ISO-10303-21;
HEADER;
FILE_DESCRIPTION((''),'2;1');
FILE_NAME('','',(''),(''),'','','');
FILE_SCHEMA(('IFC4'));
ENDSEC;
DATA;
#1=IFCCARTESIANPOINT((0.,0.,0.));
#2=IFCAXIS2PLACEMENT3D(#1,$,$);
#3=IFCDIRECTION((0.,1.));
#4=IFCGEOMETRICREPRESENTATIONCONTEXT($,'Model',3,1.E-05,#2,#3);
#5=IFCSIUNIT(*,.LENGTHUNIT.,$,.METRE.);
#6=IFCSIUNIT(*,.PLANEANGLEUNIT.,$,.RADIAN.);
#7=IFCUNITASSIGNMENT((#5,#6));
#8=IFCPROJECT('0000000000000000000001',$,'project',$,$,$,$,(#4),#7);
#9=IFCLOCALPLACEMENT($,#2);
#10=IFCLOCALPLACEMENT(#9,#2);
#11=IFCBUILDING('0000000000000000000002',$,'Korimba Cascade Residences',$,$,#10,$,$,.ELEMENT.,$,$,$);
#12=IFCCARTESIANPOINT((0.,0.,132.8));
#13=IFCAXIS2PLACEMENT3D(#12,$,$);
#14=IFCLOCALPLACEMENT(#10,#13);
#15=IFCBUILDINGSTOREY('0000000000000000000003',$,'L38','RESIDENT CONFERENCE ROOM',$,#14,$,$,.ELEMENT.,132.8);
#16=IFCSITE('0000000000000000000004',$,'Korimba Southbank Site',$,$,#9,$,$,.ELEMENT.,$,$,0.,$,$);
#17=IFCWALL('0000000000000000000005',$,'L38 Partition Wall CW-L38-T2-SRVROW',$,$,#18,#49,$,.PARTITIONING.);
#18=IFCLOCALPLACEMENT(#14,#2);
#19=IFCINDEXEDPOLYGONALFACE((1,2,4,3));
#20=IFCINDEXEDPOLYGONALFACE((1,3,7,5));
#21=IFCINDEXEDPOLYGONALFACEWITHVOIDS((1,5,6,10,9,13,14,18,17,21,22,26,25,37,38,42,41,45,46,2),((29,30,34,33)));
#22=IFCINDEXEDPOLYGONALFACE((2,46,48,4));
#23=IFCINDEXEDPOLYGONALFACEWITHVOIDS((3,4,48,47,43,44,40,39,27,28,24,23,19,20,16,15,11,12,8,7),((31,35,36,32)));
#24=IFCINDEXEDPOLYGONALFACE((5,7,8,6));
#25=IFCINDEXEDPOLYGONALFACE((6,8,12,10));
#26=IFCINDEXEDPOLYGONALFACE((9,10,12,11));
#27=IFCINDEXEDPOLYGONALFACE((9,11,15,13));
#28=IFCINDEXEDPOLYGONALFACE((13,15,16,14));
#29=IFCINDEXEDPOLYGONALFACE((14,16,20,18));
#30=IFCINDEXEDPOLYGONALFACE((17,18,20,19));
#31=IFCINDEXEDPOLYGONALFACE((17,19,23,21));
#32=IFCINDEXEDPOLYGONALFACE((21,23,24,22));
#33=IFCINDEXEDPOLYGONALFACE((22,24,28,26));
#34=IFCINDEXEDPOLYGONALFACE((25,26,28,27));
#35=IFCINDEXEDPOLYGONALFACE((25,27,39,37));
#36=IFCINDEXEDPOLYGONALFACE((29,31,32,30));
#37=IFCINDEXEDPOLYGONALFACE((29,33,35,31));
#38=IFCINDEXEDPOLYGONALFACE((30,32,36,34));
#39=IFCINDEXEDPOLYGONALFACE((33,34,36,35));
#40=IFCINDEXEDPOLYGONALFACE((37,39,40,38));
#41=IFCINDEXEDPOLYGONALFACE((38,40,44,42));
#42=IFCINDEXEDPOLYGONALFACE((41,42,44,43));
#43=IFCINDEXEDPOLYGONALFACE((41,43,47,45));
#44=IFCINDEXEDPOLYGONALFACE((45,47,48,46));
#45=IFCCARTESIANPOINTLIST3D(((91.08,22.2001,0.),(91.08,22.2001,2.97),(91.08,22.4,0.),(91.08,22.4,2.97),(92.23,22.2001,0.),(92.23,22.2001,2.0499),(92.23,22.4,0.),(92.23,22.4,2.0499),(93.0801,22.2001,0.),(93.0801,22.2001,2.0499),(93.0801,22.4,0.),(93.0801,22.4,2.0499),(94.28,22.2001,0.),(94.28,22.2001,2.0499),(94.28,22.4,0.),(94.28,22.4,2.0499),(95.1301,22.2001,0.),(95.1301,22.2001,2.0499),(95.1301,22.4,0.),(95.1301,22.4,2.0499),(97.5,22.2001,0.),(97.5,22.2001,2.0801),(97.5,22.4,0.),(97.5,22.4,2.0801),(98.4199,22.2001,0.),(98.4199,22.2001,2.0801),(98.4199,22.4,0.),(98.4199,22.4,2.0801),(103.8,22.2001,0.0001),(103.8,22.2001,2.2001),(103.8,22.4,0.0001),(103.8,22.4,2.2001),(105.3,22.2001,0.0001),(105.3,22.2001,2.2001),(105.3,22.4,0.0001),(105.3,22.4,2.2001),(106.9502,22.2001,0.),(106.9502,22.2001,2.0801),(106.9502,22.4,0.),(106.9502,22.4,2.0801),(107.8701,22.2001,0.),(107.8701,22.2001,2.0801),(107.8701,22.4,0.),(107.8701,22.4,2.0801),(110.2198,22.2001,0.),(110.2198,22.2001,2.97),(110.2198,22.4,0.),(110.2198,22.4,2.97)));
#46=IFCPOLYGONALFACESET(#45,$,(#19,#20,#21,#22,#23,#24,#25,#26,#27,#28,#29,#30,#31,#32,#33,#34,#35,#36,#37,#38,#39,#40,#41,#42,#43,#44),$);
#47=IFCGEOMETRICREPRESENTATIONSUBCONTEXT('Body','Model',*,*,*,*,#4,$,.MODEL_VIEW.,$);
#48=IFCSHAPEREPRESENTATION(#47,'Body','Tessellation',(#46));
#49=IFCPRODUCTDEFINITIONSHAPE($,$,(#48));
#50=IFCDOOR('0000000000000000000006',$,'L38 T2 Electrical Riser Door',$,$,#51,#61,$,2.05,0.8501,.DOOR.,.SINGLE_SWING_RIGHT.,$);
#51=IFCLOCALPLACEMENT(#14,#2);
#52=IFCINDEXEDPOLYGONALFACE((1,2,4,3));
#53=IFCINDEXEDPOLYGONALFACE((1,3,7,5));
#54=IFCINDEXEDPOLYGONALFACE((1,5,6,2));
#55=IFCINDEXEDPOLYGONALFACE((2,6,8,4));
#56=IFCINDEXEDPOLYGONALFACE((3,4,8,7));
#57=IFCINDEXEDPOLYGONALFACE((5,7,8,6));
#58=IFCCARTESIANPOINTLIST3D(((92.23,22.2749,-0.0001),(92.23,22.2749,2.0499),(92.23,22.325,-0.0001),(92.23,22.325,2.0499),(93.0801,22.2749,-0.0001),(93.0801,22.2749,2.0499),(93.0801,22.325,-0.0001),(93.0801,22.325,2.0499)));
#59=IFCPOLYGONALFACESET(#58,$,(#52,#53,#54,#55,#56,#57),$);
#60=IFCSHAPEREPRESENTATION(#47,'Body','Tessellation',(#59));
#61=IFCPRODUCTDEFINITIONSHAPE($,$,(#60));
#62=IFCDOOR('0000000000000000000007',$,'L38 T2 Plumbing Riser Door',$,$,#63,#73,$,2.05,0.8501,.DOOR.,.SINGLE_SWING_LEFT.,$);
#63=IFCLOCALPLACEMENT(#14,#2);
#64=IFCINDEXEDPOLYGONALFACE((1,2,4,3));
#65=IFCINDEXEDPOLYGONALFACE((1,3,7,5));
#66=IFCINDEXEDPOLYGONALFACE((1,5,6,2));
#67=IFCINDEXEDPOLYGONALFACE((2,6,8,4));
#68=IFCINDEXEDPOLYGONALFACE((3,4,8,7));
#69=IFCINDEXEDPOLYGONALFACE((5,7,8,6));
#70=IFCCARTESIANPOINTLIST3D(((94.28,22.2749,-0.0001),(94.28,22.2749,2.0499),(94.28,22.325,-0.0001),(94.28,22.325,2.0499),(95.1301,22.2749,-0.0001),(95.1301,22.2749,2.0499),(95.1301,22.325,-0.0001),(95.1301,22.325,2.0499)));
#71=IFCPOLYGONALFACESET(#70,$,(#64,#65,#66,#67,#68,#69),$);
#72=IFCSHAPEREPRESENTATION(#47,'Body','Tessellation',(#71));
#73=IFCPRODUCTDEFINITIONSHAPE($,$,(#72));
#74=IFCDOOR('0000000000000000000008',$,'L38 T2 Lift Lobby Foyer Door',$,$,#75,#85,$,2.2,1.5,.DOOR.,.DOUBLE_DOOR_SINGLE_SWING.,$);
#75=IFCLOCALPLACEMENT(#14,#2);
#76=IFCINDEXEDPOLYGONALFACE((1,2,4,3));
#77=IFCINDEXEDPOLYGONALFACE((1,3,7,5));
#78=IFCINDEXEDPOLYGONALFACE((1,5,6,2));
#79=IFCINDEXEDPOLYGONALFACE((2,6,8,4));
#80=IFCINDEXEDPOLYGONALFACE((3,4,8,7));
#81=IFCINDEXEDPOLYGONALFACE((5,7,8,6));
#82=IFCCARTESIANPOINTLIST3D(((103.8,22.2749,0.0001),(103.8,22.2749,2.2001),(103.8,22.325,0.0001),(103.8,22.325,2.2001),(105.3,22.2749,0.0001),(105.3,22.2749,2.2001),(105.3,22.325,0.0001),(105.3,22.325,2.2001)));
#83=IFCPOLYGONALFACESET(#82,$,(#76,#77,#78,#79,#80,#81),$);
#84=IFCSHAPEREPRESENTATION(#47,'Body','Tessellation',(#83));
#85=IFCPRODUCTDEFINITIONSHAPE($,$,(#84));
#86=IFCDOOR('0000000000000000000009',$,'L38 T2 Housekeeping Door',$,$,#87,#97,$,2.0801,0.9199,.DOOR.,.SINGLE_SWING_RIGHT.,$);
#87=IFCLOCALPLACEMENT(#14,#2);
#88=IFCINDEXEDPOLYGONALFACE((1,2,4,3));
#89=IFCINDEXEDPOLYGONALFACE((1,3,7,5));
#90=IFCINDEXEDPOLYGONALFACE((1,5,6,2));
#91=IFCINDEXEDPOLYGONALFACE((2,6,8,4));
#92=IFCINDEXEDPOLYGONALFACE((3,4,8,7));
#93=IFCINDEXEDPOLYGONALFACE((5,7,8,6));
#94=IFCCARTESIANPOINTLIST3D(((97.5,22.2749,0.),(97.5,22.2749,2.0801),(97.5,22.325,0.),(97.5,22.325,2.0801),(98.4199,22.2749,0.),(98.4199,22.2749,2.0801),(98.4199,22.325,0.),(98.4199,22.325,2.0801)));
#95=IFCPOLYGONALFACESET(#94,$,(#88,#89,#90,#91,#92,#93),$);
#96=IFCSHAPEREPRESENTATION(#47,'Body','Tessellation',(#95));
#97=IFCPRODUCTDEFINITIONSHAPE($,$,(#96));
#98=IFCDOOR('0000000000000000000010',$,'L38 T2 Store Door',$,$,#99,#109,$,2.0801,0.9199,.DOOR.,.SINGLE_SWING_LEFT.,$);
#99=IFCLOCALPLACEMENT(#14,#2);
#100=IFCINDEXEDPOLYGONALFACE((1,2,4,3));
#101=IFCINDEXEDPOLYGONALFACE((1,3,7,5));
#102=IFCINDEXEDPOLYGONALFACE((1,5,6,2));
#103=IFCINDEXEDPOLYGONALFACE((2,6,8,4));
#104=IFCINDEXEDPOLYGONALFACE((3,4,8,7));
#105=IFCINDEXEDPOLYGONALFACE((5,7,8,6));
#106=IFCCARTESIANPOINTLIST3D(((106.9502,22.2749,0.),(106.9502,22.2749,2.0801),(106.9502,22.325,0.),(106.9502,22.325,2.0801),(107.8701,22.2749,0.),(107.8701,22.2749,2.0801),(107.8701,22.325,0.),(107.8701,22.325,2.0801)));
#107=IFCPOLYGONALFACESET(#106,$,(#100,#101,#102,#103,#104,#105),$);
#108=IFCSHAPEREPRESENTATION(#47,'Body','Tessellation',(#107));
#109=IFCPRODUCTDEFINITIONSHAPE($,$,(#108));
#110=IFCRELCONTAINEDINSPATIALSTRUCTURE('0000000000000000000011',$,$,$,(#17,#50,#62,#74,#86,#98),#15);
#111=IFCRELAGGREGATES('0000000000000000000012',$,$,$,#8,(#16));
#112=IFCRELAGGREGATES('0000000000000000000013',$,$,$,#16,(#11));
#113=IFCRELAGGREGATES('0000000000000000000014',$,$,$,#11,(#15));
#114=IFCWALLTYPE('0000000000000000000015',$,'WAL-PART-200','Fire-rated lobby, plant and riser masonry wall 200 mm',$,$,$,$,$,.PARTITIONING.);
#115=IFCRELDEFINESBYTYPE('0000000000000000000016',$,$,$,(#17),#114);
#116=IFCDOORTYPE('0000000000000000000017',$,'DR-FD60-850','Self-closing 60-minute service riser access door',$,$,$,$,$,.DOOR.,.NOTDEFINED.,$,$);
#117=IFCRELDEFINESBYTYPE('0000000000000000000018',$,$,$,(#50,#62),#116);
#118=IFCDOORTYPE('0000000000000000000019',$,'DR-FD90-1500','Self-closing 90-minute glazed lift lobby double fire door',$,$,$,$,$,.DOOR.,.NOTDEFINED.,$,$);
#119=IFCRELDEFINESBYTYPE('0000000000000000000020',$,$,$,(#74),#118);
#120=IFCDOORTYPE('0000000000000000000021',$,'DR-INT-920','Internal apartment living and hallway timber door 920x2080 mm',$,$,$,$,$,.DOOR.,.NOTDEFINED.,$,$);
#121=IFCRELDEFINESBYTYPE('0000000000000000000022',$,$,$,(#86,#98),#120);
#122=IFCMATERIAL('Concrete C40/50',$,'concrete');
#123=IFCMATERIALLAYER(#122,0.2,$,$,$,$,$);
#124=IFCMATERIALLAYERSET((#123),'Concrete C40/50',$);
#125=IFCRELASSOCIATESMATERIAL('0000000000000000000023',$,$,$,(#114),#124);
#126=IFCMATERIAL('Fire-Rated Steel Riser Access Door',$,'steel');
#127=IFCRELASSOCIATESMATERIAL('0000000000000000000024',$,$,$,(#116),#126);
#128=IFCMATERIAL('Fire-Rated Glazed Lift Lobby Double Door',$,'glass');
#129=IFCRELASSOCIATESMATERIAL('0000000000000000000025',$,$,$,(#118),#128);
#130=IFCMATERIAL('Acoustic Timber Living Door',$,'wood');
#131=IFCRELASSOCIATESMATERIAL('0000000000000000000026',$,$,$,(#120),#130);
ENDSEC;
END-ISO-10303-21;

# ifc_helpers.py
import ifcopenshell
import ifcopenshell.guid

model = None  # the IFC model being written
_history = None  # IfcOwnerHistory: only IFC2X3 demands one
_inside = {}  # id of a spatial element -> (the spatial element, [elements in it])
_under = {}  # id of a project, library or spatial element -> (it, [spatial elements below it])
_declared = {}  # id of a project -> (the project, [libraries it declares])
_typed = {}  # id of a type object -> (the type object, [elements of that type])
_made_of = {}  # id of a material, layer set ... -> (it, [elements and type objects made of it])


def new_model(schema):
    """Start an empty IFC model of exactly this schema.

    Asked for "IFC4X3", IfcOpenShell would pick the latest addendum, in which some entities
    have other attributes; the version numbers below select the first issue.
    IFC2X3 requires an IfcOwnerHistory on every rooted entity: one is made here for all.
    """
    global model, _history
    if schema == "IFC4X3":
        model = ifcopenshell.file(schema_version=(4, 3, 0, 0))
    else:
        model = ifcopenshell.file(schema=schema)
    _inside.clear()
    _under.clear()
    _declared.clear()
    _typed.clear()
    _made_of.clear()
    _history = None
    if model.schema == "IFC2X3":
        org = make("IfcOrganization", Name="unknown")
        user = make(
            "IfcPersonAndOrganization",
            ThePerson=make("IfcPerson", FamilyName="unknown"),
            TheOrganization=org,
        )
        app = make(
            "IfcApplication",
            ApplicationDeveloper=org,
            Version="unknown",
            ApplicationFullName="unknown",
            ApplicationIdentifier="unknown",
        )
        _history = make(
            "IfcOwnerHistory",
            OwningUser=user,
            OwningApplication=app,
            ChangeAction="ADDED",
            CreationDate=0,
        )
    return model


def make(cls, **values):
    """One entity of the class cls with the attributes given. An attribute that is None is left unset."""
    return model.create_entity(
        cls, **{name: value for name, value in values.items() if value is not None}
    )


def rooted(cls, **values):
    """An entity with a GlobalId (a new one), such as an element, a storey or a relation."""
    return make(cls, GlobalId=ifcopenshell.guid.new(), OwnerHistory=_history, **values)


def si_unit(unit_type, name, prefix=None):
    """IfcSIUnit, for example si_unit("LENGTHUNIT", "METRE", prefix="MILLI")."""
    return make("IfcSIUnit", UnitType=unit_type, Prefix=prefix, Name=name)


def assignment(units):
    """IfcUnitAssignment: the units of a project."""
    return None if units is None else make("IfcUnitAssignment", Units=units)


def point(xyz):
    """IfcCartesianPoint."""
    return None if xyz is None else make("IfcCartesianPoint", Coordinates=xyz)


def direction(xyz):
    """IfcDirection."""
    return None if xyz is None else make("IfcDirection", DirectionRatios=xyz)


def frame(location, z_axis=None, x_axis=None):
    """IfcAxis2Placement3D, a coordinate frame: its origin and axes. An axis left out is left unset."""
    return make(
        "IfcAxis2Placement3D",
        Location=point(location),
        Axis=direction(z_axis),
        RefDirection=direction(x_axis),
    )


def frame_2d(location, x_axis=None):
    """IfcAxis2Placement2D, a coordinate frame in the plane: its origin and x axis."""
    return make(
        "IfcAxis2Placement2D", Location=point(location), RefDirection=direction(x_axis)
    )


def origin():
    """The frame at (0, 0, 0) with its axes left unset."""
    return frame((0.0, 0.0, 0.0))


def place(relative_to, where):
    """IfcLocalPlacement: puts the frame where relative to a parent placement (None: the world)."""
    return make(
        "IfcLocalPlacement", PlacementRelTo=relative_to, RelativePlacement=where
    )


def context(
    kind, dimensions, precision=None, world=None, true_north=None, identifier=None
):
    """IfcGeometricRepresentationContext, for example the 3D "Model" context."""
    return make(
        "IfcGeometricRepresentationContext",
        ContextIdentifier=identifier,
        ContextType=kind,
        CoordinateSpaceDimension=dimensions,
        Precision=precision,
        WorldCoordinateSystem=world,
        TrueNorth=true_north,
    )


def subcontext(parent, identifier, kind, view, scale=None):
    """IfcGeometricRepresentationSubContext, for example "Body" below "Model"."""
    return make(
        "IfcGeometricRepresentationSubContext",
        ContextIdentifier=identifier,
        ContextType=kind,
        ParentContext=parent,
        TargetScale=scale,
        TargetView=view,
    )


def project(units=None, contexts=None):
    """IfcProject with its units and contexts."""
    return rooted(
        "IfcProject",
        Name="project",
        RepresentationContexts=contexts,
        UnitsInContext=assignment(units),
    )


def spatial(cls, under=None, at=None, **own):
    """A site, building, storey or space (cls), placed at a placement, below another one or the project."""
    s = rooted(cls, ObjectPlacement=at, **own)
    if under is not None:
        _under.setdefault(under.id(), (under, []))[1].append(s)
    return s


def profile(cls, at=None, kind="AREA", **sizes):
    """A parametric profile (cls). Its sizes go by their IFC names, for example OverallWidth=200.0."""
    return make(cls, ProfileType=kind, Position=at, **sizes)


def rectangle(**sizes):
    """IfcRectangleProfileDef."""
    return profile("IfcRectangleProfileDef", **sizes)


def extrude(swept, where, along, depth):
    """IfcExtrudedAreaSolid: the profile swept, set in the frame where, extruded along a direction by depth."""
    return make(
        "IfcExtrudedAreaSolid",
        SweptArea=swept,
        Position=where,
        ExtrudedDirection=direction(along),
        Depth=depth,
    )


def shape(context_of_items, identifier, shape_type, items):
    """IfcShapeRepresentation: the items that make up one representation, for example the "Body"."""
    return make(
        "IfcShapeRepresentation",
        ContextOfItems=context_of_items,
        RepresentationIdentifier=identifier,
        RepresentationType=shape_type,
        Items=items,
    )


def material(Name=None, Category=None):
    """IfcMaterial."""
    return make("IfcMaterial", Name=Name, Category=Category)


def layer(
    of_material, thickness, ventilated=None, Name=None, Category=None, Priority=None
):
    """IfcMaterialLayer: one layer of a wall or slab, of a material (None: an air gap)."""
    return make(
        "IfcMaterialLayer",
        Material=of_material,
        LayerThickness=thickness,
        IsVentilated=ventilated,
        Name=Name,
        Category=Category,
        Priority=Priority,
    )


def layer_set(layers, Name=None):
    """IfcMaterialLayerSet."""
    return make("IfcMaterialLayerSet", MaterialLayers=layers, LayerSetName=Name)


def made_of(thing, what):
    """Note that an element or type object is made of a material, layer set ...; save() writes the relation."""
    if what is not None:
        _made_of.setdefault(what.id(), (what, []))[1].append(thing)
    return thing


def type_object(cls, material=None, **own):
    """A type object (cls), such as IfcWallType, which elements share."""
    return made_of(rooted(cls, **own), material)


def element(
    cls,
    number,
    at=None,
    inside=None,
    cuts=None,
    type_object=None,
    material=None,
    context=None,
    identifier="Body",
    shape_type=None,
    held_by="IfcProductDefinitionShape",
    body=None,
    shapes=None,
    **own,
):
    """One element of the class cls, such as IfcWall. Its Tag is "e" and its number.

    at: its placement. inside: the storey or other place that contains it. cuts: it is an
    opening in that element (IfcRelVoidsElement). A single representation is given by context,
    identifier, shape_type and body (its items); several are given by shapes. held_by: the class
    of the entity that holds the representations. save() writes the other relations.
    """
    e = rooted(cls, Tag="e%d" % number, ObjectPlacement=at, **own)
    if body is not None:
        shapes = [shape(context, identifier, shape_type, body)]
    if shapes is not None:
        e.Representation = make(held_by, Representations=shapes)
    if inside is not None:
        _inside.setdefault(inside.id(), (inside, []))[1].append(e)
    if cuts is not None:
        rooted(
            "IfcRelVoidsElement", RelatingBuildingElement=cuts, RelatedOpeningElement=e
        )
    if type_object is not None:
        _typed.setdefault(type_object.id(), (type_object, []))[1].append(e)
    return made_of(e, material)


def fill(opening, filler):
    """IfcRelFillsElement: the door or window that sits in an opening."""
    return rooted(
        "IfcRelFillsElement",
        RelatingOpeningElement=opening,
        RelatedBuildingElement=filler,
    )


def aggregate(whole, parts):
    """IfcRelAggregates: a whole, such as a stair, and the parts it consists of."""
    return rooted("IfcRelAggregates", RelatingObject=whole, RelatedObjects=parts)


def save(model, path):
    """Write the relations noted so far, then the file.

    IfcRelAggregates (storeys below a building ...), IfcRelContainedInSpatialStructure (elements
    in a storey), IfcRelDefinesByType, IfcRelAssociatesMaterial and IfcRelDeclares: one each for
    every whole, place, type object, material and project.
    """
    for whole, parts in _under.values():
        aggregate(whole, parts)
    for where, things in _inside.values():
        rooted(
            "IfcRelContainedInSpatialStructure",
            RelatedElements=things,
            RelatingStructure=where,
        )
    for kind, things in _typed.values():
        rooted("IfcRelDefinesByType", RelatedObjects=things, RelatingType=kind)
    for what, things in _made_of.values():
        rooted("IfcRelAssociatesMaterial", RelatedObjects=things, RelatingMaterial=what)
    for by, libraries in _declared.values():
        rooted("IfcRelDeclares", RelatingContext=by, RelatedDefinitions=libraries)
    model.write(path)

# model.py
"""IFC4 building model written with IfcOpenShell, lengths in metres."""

from ifc_helpers import new_model, si_unit, direction, frame, frame_2d, origin, place, context, subcontext, project, spatial, rectangle, extrude, material, layer, layer_set, type_object, element, fill, save


model = new_model("IFC4")

# Units and contexts
model_context = context("Model", 3, precision=1e-05, world=origin(), true_north=direction((0.0, 1.0)))
body_context = subcontext(model_context, "Body", "Model", "MODEL_VIEW")
ifc_project = project(units=[si_unit("LENGTHUNIT", "METRE"), si_unit("PLANEANGLEUNIT", "RADIAN")], contexts=[model_context])

# Site, building, storey
site_placement = place(None, origin())
site = spatial("IfcSite", under=ifc_project, at=site_placement, Name="Korimba Southbank Site", CompositionType="ELEMENT", RefElevation=0.0)
building_placement = place(site_placement, origin())
building = spatial("IfcBuilding", under=site, at=building_placement, Name="Korimba Cascade Residences", CompositionType="ELEMENT")
storey_placement = place(building_placement, frame((0.0, 0.0, 132.8)))
storey = spatial("IfcBuildingStorey", under=building, at=storey_placement, Name="L38", Description="RESIDENT CONFERENCE ROOM", CompositionType="ELEMENT", Elevation=132.8)

# Shared definitions
ifc_material_1 = material(Name="Concrete C40/50", Category="concrete")
ifc_layer_1 = layer(ifc_material_1, 0.2)
ifc_layer_set_1 = layer_set([ifc_layer_1], Name="Concrete C40/50")
wall_type_1 = type_object("IfcWallType", Name="WAL-PART-200", Description="Fire-rated lobby, plant and riser masonry wall 200 mm", PredefinedType="PARTITIONING", material=ifc_layer_set_1)

# Wall, openings, doors
wall_1_placement = place(storey_placement, frame((91.0801, 22.3, 0.0), z_axis=(0.0, 0.0, 1.0), x_axis=(1.0, 0.0, 0.0)))
wall_1 = element("IfcWall", 1, at=wall_1_placement, inside=storey, type_object=wall_type_1, Name="L38 Partition Wall CW-L38-T2-SRVROW", PredefinedType="PARTITIONING", context=body_context, shape_type="SweptSolid", body=[
    extrude(rectangle(XDim=19.1399, YDim=0.2, at=frame_2d((9.5698, 0.0))), origin(), (0.0, 0.0, 1.0), 2.97),
])
opening_1_placement = place(wall_1_placement, frame((1.1499, 0.0, 0.0)))
opening_1 = element("IfcOpeningElement", 2, at=opening_1_placement, cuts=wall_1, PredefinedType="OPENING", context=body_context, shape_type="SweptSolid", body=[
    extrude(rectangle(XDim=0.8501, YDim=2.05, at=frame_2d((0.425, 1.0249))), frame((0.0, 0.1099, 0.0), z_axis=(0.0, -1.0, 0.0), x_axis=(1.0, 0.0, 0.0)), (0.0, 0.0, 1.0), 0.22),
])
opening_2_placement = place(wall_1_placement, frame((3.2, 0.0, 0.0)))
opening_2 = element("IfcOpeningElement", 3, at=opening_2_placement, cuts=wall_1, PredefinedType="OPENING", context=body_context, shape_type="SweptSolid", body=[
    extrude(rectangle(XDim=0.8501, YDim=2.05, at=frame_2d((0.425, 1.0249))), frame((0.0, 0.1099, 0.0), z_axis=(0.0, -1.0, 0.0), x_axis=(1.0, 0.0, 0.0)), (0.0, 0.0, 1.0), 0.22),
])
opening_3_placement = place(wall_1_placement, frame((12.72, 0.0, 0.0)))
opening_3 = element("IfcOpeningElement", 4, at=opening_3_placement, cuts=wall_1, PredefinedType="OPENING", context=body_context, shape_type="SweptSolid", body=[
    extrude(rectangle(XDim=1.5, YDim=2.2, at=frame_2d((0.75, 1.1001))), frame((0.0, 0.1099, 0.0), z_axis=(0.0, -1.0, 0.0), x_axis=(1.0, 0.0, 0.0)), (0.0, 0.0, 1.0), 0.22),
])
opening_4_placement = place(wall_1_placement, frame((6.4199, 0.0, 0.0)))
opening_4 = element("IfcOpeningElement", 5, at=opening_4_placement, cuts=wall_1, PredefinedType="OPENING", context=body_context, shape_type="SweptSolid", body=[
    extrude(rectangle(XDim=0.9199, YDim=2.0801, at=frame_2d((0.46, 1.04))), frame((0.0, 0.1099, 0.0), z_axis=(0.0, -1.0, 0.0), x_axis=(1.0, 0.0, 0.0)), (0.0, 0.0, 1.0), 0.22),
])
opening_5_placement = place(wall_1_placement, frame((15.8701, 0.0, 0.0)))
opening_5 = element("IfcOpeningElement", 6, at=opening_5_placement, cuts=wall_1, PredefinedType="OPENING", context=body_context, shape_type="SweptSolid", body=[
    extrude(rectangle(XDim=0.9199, YDim=2.0801, at=frame_2d((0.46, 1.04))), frame((0.0, 0.1099, 0.0), z_axis=(0.0, -1.0, 0.0), x_axis=(1.0, 0.0, 0.0)), (0.0, 0.0, 1.0), 0.22),
])
ifc_material_2 = material(Name="Fire-Rated Steel Riser Access Door", Category="steel")
door_type_1 = type_object("IfcDoorType", Name="DR-FD60-850", Description="Self-closing 60-minute service riser access door", OperationType="NOTDEFINED", PredefinedType="DOOR", material=ifc_material_2)
door_1_placement = place(opening_1_placement, origin())
door_1 = element("IfcDoor", 7, at=door_1_placement, inside=storey, type_object=door_type_1, Name="L38 T2 Electrical Riser Door", OperationType="SINGLE_SWING_RIGHT", OverallHeight=2.05, OverallWidth=0.8501, PredefinedType="DOOR", context=body_context, shape_type="SweptSolid", body=[
    extrude(rectangle(XDim=0.8501, YDim=2.05, at=frame_2d((0.425, 1.0249))), frame((0.0, 0.0249, 0.0), z_axis=(0.0, -1.0, 0.0), x_axis=(1.0, 0.0, 0.0)), (0.0, 0.0, 1.0), 0.05),
])
fill(opening_1, door_1)
door_2_placement = place(opening_2_placement, origin())
door_2 = element("IfcDoor", 8, at=door_2_placement, inside=storey, type_object=door_type_1, Name="L38 T2 Plumbing Riser Door", OperationType="SINGLE_SWING_LEFT", OverallHeight=2.05, OverallWidth=0.8501, PredefinedType="DOOR", context=body_context, shape_type="SweptSolid", body=[
    extrude(rectangle(XDim=0.8501, YDim=2.05, at=frame_2d((0.425, 1.0249))), frame((0.0, 0.0249, 0.0), z_axis=(0.0, -1.0, 0.0), x_axis=(1.0, 0.0, 0.0)), (0.0, 0.0, 1.0), 0.05),
])
fill(opening_2, door_2)
ifc_material_3 = material(Name="Fire-Rated Glazed Lift Lobby Double Door", Category="glass")
door_type_2 = type_object("IfcDoorType", Name="DR-FD90-1500", Description="Self-closing 90-minute glazed lift lobby double fire door", OperationType="NOTDEFINED", PredefinedType="DOOR", material=ifc_material_3)
door_3_placement = place(opening_3_placement, origin())
door_3 = element("IfcDoor", 9, at=door_3_placement, inside=storey, type_object=door_type_2, Name="L38 T2 Lift Lobby Foyer Door", OperationType="DOUBLE_DOOR_SINGLE_SWING", OverallHeight=2.2, OverallWidth=1.5, PredefinedType="DOOR", context=body_context, shape_type="SweptSolid", body=[
    extrude(rectangle(XDim=1.5, YDim=2.2, at=frame_2d((0.75, 1.1001))), frame((0.0, 0.0249, 0.0), z_axis=(0.0, -1.0, 0.0), x_axis=(1.0, 0.0, 0.0)), (0.0, 0.0, 1.0), 0.05),
])
fill(opening_3, door_3)
ifc_material_4 = material(Name="Acoustic Timber Living Door", Category="wood")
door_type_3 = type_object("IfcDoorType", Name="DR-INT-920", Description="Internal apartment living and hallway timber door 920x2080 mm", OperationType="NOTDEFINED", PredefinedType="DOOR", material=ifc_material_4)
door_4_placement = place(opening_4_placement, origin())
door_4 = element("IfcDoor", 10, at=door_4_placement, inside=storey, type_object=door_type_3, Name="L38 T2 Housekeeping Door", OperationType="SINGLE_SWING_RIGHT", OverallHeight=2.0801, OverallWidth=0.9199, PredefinedType="DOOR", context=body_context, shape_type="SweptSolid", body=[
    extrude(rectangle(XDim=0.9199, YDim=2.0801, at=frame_2d((0.46, 1.04))), frame((0.0, 0.0249, 0.0), z_axis=(0.0, -1.0, 0.0), x_axis=(1.0, 0.0, 0.0)), (0.0, 0.0, 1.0), 0.05),
])
fill(opening_4, door_4)
door_5_placement = place(opening_5_placement, origin())
door_5 = element("IfcDoor", 11, at=door_5_placement, inside=storey, type_object=door_type_3, Name="L38 T2 Store Door", OperationType="SINGLE_SWING_LEFT", OverallHeight=2.0801, OverallWidth=0.9199, PredefinedType="DOOR", context=body_context, shape_type="SweptSolid", body=[
    extrude(rectangle(XDim=0.9199, YDim=2.0801, at=frame_2d((0.46, 1.04))), frame((0.0, 0.0249, 0.0), z_axis=(0.0, -1.0, 0.0), x_axis=(1.0, 0.0, 0.0)), (0.0, 0.0, 1.0), 0.05),
])
fill(opening_5, door_5)

save(model, "model.ifc")
